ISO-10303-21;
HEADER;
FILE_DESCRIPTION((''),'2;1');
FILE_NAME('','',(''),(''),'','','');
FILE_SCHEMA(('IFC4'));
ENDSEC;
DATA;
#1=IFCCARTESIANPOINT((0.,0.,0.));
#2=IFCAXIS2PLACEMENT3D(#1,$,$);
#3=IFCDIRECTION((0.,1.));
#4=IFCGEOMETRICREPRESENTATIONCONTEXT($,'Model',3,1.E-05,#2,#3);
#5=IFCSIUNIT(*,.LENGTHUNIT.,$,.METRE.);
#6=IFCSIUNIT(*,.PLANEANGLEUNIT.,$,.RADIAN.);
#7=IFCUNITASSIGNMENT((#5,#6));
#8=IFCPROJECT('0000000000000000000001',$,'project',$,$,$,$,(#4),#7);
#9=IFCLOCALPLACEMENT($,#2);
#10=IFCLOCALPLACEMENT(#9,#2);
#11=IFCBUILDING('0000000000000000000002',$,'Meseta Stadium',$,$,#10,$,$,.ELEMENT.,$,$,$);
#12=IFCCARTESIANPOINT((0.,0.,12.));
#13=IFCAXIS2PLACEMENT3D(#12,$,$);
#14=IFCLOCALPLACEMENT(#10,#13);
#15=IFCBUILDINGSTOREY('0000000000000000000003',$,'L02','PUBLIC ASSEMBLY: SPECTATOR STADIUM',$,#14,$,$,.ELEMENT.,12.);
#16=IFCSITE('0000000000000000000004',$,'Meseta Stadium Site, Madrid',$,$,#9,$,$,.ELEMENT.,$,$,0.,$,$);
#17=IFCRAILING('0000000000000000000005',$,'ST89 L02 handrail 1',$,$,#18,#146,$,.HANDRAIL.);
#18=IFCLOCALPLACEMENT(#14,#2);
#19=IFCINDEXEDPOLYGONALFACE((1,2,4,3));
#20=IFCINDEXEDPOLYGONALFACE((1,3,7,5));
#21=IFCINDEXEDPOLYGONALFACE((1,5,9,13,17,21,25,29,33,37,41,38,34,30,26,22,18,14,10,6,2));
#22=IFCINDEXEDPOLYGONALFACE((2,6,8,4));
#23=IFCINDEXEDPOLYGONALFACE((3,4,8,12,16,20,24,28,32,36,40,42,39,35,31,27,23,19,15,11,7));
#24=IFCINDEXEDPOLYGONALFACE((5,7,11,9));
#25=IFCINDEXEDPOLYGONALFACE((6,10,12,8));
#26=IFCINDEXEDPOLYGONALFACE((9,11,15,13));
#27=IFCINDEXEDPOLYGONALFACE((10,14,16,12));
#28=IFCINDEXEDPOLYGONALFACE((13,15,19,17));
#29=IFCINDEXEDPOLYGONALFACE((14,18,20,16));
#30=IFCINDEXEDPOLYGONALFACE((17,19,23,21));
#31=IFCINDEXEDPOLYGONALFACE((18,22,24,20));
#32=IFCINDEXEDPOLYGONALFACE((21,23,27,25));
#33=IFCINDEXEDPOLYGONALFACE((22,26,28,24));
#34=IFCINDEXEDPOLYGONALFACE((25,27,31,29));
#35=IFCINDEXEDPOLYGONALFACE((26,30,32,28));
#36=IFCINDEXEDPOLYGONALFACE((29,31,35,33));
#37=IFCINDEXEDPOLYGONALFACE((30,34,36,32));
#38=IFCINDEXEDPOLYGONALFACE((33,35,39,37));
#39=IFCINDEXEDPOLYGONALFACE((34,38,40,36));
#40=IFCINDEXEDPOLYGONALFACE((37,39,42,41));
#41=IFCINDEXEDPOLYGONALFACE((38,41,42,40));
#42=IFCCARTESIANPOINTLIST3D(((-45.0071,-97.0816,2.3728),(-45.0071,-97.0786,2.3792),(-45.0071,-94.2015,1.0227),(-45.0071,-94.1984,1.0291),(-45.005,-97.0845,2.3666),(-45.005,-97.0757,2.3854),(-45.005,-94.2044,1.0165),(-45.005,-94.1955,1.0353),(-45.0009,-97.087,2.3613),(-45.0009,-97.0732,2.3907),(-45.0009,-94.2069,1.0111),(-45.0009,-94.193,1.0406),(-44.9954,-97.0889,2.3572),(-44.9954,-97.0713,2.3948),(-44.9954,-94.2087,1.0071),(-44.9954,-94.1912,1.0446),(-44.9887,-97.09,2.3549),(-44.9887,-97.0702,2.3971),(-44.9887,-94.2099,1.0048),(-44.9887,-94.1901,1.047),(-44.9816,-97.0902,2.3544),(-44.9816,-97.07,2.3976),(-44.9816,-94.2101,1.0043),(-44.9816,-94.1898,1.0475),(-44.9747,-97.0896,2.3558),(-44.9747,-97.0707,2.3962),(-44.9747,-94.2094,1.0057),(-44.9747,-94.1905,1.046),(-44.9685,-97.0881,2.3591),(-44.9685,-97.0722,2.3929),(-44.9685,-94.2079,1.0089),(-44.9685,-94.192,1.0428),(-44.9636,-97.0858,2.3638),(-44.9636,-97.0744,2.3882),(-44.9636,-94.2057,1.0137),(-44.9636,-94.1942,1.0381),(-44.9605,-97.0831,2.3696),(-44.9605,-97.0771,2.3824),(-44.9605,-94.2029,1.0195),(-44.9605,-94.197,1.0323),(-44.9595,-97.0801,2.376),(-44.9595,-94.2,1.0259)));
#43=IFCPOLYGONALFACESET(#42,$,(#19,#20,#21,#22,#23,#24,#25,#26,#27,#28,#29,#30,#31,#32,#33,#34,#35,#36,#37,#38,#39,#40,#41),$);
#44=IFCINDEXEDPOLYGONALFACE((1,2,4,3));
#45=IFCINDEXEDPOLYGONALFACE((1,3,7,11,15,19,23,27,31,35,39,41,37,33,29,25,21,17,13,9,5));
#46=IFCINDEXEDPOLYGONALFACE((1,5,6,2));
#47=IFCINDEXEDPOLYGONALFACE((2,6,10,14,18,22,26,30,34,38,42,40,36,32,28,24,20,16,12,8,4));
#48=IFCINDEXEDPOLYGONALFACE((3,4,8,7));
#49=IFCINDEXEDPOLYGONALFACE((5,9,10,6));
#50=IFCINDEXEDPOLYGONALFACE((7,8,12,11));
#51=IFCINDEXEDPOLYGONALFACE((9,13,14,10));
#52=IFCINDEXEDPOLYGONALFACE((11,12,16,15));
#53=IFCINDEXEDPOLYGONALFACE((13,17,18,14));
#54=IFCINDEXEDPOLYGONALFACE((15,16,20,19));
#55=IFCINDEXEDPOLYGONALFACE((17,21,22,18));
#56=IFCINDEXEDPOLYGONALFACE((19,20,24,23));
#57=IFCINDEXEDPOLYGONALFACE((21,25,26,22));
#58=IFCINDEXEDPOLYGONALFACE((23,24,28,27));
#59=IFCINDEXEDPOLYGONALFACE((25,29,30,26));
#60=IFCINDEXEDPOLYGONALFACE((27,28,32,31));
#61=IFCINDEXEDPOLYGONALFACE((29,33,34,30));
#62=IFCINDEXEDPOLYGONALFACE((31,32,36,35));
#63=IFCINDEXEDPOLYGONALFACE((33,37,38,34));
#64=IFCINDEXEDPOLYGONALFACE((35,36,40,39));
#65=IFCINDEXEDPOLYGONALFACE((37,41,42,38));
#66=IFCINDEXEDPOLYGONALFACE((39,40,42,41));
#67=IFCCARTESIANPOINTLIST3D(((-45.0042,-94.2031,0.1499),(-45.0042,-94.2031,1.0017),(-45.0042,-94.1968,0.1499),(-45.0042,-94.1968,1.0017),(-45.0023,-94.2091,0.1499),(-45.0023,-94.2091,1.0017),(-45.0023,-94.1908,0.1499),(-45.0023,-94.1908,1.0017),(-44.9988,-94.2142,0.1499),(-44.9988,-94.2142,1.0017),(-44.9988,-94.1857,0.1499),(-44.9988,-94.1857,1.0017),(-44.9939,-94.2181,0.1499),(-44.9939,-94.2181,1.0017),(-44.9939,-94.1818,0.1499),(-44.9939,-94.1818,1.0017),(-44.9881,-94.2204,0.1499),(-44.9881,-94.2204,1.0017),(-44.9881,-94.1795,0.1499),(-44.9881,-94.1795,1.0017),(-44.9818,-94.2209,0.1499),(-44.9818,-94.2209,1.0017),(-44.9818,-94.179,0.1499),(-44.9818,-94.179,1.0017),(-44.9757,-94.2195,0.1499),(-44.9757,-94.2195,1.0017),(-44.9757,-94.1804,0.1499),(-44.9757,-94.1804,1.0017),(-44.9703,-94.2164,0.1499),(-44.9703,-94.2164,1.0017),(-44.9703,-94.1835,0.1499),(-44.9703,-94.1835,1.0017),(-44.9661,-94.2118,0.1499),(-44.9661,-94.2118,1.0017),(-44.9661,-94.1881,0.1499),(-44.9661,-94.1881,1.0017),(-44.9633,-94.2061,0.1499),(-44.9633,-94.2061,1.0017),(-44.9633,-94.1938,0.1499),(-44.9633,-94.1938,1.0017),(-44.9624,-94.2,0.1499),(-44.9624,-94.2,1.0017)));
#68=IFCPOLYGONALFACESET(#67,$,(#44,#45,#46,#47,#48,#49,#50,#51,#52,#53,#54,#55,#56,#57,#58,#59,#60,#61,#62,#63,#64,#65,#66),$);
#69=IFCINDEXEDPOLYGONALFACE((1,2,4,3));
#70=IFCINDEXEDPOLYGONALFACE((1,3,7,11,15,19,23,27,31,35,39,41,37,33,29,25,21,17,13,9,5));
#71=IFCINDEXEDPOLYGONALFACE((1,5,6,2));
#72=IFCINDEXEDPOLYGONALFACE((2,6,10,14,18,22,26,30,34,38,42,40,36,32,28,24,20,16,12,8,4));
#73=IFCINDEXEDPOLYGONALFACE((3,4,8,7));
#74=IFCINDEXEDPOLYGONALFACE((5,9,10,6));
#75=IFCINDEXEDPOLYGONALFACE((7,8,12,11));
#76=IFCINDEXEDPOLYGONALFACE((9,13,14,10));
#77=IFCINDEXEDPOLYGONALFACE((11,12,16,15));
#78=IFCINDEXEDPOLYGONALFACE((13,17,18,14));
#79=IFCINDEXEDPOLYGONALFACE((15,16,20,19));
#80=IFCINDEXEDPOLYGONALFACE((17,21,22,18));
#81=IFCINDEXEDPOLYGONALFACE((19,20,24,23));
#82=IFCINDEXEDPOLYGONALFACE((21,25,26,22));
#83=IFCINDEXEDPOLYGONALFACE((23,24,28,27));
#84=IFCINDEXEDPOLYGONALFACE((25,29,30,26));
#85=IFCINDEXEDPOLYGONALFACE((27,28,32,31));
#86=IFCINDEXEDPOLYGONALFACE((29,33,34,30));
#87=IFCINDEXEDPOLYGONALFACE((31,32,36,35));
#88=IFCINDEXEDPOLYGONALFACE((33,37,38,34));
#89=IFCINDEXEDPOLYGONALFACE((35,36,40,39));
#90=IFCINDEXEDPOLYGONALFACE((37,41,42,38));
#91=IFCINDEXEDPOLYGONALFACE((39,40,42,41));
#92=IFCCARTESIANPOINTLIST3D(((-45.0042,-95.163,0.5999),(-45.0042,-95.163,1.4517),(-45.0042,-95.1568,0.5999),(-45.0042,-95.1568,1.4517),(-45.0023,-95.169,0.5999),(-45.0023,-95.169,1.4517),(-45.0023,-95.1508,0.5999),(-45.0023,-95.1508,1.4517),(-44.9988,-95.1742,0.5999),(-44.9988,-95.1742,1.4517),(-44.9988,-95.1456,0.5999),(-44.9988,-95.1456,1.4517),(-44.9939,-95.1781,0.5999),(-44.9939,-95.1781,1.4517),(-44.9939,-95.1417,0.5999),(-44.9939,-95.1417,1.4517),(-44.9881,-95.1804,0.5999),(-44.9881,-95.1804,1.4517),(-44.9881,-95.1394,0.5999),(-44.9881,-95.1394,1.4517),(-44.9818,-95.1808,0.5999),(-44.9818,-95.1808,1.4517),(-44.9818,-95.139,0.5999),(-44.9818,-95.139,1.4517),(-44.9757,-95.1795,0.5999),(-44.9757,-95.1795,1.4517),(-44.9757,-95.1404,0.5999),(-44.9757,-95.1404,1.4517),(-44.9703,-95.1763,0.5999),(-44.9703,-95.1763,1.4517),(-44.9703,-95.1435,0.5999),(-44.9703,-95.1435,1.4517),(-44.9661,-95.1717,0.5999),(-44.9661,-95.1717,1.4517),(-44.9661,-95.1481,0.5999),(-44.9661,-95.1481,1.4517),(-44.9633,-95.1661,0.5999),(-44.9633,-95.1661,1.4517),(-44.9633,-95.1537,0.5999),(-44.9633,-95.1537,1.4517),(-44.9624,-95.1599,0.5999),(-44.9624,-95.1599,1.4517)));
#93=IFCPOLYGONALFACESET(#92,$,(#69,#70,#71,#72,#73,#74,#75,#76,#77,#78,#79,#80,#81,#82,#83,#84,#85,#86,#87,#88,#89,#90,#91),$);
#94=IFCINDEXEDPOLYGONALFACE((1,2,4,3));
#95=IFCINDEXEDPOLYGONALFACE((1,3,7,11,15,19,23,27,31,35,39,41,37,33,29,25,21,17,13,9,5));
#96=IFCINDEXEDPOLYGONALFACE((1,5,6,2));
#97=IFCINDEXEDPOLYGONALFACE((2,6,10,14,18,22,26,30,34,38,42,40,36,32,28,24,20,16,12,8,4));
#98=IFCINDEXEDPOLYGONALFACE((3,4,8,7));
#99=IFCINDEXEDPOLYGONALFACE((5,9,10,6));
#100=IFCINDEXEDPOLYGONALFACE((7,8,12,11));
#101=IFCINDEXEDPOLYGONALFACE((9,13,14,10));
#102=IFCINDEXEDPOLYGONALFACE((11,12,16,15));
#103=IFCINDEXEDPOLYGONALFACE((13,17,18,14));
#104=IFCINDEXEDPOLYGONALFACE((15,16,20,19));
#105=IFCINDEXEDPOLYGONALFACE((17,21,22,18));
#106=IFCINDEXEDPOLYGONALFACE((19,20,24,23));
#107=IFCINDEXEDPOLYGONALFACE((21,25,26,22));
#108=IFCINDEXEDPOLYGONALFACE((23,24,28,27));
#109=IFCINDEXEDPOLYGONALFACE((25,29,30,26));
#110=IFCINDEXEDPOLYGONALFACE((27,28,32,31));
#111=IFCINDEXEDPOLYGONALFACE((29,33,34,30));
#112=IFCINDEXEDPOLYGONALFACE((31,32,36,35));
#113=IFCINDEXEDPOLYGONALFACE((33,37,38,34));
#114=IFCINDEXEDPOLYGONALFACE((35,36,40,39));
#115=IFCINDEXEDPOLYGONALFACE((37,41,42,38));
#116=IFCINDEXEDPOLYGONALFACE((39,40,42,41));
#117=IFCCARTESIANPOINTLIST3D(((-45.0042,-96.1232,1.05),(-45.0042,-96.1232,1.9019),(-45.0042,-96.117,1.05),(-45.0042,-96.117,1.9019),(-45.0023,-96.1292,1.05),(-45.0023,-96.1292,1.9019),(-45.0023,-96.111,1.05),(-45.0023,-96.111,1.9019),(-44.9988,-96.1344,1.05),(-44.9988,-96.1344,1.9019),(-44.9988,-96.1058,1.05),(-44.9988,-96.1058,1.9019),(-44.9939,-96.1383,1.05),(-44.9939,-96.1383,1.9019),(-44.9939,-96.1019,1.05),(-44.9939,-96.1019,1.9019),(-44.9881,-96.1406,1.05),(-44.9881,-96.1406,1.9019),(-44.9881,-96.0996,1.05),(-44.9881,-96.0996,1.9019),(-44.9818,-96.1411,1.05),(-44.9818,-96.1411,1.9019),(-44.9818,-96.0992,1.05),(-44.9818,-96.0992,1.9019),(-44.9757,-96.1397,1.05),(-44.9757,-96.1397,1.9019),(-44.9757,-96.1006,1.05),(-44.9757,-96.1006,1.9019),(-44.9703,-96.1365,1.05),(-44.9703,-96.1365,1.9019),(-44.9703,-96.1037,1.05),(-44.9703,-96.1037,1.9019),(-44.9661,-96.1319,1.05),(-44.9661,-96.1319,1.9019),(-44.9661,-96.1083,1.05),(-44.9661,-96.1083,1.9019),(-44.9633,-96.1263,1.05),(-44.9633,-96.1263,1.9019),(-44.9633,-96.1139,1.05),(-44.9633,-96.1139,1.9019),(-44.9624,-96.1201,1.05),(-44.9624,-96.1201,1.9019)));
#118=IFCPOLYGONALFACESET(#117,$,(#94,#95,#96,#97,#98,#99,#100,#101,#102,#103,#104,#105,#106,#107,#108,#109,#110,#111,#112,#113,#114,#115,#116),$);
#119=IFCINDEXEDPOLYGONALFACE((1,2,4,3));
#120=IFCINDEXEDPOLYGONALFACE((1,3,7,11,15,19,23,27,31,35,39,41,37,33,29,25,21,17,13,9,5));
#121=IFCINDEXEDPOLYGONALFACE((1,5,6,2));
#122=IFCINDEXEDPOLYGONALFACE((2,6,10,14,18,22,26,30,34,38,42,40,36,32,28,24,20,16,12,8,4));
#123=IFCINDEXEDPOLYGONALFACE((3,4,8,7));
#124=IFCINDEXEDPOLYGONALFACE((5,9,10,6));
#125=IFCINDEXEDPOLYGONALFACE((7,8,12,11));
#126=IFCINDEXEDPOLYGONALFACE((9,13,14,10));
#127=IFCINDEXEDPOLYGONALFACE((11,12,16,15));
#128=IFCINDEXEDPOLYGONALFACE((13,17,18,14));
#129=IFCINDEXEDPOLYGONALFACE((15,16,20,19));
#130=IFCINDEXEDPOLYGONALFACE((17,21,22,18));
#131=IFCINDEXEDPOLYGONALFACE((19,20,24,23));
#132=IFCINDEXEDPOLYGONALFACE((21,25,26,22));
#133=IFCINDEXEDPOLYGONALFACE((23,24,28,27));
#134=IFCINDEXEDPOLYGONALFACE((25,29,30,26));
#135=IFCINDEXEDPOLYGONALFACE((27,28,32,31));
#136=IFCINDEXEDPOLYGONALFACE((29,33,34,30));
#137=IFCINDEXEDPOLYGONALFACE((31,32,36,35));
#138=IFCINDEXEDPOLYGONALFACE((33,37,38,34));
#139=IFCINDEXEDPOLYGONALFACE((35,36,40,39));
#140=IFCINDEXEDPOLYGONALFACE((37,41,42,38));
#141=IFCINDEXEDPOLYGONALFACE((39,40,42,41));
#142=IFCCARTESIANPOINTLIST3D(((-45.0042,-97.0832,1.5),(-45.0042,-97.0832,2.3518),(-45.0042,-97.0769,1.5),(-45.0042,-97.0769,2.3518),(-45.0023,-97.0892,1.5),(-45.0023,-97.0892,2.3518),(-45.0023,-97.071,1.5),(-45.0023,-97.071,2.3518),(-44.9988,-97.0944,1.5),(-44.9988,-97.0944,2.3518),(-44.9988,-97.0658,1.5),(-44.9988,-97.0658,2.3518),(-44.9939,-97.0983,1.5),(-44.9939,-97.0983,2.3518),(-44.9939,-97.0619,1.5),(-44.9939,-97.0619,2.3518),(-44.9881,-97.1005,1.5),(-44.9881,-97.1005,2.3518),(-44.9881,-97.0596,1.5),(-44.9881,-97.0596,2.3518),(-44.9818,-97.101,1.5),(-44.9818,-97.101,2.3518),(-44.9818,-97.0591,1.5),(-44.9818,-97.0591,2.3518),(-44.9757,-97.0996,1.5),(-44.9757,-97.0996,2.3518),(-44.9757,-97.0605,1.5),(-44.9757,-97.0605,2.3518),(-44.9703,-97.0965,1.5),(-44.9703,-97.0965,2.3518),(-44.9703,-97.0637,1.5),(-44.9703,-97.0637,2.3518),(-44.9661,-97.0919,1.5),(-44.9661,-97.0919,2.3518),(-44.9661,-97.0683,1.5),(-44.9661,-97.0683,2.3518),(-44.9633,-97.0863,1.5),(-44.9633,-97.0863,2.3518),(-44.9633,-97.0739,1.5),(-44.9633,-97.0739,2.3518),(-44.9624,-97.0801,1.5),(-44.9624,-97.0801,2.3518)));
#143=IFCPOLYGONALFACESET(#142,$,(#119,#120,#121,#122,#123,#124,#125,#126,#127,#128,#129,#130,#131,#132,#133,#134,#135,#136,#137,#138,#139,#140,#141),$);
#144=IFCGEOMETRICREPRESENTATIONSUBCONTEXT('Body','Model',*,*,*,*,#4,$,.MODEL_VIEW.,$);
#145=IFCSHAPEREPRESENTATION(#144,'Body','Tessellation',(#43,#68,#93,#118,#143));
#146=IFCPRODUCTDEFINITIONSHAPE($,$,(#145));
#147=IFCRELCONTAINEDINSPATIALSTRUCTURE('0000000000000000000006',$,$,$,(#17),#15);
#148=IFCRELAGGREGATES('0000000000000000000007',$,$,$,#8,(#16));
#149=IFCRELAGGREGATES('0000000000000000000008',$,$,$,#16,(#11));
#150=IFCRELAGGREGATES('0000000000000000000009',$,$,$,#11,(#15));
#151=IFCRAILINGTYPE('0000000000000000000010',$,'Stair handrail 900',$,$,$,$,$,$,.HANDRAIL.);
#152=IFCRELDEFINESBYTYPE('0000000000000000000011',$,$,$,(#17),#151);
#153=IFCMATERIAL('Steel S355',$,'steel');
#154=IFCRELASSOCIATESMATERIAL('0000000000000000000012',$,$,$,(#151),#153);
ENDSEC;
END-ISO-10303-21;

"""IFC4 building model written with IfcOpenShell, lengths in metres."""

from ifc_helpers import new_model, si_unit, direction, frame, origin, origin_2d, place, context, subcontext, project, spatial, circle, extrude, material, type_object, element, save


model = new_model("IFC4")

# Units and contexts
model_context = context("Model", 3, precision=1e-05, world=origin(), true_north=direction((0.0, 1.0)))
body_context = subcontext(model_context, "Body", "Model", "MODEL_VIEW")
ifc_project = project(units=[si_unit("LENGTHUNIT", "METRE"), si_unit("PLANEANGLEUNIT", "RADIAN")], contexts=[model_context])

# Site, building, storey
site_placement = place(None, origin())
site = spatial("IfcSite", under=ifc_project, at=site_placement, Name="Meseta Stadium Site, Madrid", CompositionType="ELEMENT", RefElevation=0.0)
building_placement = place(site_placement, origin())
building = spatial("IfcBuilding", under=site, at=building_placement, Name="Meseta Stadium", CompositionType="ELEMENT")
storey_placement = place(building_placement, frame((0.0, 0.0, 12.0)))
storey = spatial("IfcBuildingStorey", under=building, at=storey_placement, Name="L02", Description="PUBLIC ASSEMBLY: SPECTATOR STADIUM", CompositionType="ELEMENT", Elevation=12.0)

# Railing
ifc_material_1 = material(Name="Steel S355", Category="steel")
railing_type_1 = type_object("IfcRailingType", Name="Stair handrail 900", PredefinedType="HANDRAIL", material=ifc_material_1)
railing_1_placement = place(storey_placement, frame((-44.9834, -94.2, 0.1499)))
element("IfcRailing", 1, at=railing_1_placement, inside=storey, type_object=railing_type_1, Name="ST89 L02 handrail 1", PredefinedType="HANDRAIL", context=body_context, shape_type="SweptSolid", body=[
    extrude(circle(Radius=0.0239, at=origin_2d()), frame((0.0, 0.0, 0.876), z_axis=(0.0, -0.905454, 0.424444), x_axis=(1.0, 0.0, 0.0)), (0.0, 0.0, 1.0), 3.1809),
    extrude(circle(Radius=0.021, at=origin_2d()), origin(), (0.0, 0.0, 1.0), 0.8518),
    extrude(circle(Radius=0.021, at=origin_2d()), frame((0.0, -0.96, 0.45)), (0.0, 0.0, 1.0), 0.8518),
    extrude(circle(Radius=0.021, at=origin_2d()), frame((0.0, -1.9202, 0.9001)), (0.0, 0.0, 1.0), 0.8518),
    extrude(circle(Radius=0.021, at=origin_2d()), frame((0.0, -2.8801, 1.3501)), (0.0, 0.0, 1.0), 0.8518),
])

save(model, "model.ifc")
